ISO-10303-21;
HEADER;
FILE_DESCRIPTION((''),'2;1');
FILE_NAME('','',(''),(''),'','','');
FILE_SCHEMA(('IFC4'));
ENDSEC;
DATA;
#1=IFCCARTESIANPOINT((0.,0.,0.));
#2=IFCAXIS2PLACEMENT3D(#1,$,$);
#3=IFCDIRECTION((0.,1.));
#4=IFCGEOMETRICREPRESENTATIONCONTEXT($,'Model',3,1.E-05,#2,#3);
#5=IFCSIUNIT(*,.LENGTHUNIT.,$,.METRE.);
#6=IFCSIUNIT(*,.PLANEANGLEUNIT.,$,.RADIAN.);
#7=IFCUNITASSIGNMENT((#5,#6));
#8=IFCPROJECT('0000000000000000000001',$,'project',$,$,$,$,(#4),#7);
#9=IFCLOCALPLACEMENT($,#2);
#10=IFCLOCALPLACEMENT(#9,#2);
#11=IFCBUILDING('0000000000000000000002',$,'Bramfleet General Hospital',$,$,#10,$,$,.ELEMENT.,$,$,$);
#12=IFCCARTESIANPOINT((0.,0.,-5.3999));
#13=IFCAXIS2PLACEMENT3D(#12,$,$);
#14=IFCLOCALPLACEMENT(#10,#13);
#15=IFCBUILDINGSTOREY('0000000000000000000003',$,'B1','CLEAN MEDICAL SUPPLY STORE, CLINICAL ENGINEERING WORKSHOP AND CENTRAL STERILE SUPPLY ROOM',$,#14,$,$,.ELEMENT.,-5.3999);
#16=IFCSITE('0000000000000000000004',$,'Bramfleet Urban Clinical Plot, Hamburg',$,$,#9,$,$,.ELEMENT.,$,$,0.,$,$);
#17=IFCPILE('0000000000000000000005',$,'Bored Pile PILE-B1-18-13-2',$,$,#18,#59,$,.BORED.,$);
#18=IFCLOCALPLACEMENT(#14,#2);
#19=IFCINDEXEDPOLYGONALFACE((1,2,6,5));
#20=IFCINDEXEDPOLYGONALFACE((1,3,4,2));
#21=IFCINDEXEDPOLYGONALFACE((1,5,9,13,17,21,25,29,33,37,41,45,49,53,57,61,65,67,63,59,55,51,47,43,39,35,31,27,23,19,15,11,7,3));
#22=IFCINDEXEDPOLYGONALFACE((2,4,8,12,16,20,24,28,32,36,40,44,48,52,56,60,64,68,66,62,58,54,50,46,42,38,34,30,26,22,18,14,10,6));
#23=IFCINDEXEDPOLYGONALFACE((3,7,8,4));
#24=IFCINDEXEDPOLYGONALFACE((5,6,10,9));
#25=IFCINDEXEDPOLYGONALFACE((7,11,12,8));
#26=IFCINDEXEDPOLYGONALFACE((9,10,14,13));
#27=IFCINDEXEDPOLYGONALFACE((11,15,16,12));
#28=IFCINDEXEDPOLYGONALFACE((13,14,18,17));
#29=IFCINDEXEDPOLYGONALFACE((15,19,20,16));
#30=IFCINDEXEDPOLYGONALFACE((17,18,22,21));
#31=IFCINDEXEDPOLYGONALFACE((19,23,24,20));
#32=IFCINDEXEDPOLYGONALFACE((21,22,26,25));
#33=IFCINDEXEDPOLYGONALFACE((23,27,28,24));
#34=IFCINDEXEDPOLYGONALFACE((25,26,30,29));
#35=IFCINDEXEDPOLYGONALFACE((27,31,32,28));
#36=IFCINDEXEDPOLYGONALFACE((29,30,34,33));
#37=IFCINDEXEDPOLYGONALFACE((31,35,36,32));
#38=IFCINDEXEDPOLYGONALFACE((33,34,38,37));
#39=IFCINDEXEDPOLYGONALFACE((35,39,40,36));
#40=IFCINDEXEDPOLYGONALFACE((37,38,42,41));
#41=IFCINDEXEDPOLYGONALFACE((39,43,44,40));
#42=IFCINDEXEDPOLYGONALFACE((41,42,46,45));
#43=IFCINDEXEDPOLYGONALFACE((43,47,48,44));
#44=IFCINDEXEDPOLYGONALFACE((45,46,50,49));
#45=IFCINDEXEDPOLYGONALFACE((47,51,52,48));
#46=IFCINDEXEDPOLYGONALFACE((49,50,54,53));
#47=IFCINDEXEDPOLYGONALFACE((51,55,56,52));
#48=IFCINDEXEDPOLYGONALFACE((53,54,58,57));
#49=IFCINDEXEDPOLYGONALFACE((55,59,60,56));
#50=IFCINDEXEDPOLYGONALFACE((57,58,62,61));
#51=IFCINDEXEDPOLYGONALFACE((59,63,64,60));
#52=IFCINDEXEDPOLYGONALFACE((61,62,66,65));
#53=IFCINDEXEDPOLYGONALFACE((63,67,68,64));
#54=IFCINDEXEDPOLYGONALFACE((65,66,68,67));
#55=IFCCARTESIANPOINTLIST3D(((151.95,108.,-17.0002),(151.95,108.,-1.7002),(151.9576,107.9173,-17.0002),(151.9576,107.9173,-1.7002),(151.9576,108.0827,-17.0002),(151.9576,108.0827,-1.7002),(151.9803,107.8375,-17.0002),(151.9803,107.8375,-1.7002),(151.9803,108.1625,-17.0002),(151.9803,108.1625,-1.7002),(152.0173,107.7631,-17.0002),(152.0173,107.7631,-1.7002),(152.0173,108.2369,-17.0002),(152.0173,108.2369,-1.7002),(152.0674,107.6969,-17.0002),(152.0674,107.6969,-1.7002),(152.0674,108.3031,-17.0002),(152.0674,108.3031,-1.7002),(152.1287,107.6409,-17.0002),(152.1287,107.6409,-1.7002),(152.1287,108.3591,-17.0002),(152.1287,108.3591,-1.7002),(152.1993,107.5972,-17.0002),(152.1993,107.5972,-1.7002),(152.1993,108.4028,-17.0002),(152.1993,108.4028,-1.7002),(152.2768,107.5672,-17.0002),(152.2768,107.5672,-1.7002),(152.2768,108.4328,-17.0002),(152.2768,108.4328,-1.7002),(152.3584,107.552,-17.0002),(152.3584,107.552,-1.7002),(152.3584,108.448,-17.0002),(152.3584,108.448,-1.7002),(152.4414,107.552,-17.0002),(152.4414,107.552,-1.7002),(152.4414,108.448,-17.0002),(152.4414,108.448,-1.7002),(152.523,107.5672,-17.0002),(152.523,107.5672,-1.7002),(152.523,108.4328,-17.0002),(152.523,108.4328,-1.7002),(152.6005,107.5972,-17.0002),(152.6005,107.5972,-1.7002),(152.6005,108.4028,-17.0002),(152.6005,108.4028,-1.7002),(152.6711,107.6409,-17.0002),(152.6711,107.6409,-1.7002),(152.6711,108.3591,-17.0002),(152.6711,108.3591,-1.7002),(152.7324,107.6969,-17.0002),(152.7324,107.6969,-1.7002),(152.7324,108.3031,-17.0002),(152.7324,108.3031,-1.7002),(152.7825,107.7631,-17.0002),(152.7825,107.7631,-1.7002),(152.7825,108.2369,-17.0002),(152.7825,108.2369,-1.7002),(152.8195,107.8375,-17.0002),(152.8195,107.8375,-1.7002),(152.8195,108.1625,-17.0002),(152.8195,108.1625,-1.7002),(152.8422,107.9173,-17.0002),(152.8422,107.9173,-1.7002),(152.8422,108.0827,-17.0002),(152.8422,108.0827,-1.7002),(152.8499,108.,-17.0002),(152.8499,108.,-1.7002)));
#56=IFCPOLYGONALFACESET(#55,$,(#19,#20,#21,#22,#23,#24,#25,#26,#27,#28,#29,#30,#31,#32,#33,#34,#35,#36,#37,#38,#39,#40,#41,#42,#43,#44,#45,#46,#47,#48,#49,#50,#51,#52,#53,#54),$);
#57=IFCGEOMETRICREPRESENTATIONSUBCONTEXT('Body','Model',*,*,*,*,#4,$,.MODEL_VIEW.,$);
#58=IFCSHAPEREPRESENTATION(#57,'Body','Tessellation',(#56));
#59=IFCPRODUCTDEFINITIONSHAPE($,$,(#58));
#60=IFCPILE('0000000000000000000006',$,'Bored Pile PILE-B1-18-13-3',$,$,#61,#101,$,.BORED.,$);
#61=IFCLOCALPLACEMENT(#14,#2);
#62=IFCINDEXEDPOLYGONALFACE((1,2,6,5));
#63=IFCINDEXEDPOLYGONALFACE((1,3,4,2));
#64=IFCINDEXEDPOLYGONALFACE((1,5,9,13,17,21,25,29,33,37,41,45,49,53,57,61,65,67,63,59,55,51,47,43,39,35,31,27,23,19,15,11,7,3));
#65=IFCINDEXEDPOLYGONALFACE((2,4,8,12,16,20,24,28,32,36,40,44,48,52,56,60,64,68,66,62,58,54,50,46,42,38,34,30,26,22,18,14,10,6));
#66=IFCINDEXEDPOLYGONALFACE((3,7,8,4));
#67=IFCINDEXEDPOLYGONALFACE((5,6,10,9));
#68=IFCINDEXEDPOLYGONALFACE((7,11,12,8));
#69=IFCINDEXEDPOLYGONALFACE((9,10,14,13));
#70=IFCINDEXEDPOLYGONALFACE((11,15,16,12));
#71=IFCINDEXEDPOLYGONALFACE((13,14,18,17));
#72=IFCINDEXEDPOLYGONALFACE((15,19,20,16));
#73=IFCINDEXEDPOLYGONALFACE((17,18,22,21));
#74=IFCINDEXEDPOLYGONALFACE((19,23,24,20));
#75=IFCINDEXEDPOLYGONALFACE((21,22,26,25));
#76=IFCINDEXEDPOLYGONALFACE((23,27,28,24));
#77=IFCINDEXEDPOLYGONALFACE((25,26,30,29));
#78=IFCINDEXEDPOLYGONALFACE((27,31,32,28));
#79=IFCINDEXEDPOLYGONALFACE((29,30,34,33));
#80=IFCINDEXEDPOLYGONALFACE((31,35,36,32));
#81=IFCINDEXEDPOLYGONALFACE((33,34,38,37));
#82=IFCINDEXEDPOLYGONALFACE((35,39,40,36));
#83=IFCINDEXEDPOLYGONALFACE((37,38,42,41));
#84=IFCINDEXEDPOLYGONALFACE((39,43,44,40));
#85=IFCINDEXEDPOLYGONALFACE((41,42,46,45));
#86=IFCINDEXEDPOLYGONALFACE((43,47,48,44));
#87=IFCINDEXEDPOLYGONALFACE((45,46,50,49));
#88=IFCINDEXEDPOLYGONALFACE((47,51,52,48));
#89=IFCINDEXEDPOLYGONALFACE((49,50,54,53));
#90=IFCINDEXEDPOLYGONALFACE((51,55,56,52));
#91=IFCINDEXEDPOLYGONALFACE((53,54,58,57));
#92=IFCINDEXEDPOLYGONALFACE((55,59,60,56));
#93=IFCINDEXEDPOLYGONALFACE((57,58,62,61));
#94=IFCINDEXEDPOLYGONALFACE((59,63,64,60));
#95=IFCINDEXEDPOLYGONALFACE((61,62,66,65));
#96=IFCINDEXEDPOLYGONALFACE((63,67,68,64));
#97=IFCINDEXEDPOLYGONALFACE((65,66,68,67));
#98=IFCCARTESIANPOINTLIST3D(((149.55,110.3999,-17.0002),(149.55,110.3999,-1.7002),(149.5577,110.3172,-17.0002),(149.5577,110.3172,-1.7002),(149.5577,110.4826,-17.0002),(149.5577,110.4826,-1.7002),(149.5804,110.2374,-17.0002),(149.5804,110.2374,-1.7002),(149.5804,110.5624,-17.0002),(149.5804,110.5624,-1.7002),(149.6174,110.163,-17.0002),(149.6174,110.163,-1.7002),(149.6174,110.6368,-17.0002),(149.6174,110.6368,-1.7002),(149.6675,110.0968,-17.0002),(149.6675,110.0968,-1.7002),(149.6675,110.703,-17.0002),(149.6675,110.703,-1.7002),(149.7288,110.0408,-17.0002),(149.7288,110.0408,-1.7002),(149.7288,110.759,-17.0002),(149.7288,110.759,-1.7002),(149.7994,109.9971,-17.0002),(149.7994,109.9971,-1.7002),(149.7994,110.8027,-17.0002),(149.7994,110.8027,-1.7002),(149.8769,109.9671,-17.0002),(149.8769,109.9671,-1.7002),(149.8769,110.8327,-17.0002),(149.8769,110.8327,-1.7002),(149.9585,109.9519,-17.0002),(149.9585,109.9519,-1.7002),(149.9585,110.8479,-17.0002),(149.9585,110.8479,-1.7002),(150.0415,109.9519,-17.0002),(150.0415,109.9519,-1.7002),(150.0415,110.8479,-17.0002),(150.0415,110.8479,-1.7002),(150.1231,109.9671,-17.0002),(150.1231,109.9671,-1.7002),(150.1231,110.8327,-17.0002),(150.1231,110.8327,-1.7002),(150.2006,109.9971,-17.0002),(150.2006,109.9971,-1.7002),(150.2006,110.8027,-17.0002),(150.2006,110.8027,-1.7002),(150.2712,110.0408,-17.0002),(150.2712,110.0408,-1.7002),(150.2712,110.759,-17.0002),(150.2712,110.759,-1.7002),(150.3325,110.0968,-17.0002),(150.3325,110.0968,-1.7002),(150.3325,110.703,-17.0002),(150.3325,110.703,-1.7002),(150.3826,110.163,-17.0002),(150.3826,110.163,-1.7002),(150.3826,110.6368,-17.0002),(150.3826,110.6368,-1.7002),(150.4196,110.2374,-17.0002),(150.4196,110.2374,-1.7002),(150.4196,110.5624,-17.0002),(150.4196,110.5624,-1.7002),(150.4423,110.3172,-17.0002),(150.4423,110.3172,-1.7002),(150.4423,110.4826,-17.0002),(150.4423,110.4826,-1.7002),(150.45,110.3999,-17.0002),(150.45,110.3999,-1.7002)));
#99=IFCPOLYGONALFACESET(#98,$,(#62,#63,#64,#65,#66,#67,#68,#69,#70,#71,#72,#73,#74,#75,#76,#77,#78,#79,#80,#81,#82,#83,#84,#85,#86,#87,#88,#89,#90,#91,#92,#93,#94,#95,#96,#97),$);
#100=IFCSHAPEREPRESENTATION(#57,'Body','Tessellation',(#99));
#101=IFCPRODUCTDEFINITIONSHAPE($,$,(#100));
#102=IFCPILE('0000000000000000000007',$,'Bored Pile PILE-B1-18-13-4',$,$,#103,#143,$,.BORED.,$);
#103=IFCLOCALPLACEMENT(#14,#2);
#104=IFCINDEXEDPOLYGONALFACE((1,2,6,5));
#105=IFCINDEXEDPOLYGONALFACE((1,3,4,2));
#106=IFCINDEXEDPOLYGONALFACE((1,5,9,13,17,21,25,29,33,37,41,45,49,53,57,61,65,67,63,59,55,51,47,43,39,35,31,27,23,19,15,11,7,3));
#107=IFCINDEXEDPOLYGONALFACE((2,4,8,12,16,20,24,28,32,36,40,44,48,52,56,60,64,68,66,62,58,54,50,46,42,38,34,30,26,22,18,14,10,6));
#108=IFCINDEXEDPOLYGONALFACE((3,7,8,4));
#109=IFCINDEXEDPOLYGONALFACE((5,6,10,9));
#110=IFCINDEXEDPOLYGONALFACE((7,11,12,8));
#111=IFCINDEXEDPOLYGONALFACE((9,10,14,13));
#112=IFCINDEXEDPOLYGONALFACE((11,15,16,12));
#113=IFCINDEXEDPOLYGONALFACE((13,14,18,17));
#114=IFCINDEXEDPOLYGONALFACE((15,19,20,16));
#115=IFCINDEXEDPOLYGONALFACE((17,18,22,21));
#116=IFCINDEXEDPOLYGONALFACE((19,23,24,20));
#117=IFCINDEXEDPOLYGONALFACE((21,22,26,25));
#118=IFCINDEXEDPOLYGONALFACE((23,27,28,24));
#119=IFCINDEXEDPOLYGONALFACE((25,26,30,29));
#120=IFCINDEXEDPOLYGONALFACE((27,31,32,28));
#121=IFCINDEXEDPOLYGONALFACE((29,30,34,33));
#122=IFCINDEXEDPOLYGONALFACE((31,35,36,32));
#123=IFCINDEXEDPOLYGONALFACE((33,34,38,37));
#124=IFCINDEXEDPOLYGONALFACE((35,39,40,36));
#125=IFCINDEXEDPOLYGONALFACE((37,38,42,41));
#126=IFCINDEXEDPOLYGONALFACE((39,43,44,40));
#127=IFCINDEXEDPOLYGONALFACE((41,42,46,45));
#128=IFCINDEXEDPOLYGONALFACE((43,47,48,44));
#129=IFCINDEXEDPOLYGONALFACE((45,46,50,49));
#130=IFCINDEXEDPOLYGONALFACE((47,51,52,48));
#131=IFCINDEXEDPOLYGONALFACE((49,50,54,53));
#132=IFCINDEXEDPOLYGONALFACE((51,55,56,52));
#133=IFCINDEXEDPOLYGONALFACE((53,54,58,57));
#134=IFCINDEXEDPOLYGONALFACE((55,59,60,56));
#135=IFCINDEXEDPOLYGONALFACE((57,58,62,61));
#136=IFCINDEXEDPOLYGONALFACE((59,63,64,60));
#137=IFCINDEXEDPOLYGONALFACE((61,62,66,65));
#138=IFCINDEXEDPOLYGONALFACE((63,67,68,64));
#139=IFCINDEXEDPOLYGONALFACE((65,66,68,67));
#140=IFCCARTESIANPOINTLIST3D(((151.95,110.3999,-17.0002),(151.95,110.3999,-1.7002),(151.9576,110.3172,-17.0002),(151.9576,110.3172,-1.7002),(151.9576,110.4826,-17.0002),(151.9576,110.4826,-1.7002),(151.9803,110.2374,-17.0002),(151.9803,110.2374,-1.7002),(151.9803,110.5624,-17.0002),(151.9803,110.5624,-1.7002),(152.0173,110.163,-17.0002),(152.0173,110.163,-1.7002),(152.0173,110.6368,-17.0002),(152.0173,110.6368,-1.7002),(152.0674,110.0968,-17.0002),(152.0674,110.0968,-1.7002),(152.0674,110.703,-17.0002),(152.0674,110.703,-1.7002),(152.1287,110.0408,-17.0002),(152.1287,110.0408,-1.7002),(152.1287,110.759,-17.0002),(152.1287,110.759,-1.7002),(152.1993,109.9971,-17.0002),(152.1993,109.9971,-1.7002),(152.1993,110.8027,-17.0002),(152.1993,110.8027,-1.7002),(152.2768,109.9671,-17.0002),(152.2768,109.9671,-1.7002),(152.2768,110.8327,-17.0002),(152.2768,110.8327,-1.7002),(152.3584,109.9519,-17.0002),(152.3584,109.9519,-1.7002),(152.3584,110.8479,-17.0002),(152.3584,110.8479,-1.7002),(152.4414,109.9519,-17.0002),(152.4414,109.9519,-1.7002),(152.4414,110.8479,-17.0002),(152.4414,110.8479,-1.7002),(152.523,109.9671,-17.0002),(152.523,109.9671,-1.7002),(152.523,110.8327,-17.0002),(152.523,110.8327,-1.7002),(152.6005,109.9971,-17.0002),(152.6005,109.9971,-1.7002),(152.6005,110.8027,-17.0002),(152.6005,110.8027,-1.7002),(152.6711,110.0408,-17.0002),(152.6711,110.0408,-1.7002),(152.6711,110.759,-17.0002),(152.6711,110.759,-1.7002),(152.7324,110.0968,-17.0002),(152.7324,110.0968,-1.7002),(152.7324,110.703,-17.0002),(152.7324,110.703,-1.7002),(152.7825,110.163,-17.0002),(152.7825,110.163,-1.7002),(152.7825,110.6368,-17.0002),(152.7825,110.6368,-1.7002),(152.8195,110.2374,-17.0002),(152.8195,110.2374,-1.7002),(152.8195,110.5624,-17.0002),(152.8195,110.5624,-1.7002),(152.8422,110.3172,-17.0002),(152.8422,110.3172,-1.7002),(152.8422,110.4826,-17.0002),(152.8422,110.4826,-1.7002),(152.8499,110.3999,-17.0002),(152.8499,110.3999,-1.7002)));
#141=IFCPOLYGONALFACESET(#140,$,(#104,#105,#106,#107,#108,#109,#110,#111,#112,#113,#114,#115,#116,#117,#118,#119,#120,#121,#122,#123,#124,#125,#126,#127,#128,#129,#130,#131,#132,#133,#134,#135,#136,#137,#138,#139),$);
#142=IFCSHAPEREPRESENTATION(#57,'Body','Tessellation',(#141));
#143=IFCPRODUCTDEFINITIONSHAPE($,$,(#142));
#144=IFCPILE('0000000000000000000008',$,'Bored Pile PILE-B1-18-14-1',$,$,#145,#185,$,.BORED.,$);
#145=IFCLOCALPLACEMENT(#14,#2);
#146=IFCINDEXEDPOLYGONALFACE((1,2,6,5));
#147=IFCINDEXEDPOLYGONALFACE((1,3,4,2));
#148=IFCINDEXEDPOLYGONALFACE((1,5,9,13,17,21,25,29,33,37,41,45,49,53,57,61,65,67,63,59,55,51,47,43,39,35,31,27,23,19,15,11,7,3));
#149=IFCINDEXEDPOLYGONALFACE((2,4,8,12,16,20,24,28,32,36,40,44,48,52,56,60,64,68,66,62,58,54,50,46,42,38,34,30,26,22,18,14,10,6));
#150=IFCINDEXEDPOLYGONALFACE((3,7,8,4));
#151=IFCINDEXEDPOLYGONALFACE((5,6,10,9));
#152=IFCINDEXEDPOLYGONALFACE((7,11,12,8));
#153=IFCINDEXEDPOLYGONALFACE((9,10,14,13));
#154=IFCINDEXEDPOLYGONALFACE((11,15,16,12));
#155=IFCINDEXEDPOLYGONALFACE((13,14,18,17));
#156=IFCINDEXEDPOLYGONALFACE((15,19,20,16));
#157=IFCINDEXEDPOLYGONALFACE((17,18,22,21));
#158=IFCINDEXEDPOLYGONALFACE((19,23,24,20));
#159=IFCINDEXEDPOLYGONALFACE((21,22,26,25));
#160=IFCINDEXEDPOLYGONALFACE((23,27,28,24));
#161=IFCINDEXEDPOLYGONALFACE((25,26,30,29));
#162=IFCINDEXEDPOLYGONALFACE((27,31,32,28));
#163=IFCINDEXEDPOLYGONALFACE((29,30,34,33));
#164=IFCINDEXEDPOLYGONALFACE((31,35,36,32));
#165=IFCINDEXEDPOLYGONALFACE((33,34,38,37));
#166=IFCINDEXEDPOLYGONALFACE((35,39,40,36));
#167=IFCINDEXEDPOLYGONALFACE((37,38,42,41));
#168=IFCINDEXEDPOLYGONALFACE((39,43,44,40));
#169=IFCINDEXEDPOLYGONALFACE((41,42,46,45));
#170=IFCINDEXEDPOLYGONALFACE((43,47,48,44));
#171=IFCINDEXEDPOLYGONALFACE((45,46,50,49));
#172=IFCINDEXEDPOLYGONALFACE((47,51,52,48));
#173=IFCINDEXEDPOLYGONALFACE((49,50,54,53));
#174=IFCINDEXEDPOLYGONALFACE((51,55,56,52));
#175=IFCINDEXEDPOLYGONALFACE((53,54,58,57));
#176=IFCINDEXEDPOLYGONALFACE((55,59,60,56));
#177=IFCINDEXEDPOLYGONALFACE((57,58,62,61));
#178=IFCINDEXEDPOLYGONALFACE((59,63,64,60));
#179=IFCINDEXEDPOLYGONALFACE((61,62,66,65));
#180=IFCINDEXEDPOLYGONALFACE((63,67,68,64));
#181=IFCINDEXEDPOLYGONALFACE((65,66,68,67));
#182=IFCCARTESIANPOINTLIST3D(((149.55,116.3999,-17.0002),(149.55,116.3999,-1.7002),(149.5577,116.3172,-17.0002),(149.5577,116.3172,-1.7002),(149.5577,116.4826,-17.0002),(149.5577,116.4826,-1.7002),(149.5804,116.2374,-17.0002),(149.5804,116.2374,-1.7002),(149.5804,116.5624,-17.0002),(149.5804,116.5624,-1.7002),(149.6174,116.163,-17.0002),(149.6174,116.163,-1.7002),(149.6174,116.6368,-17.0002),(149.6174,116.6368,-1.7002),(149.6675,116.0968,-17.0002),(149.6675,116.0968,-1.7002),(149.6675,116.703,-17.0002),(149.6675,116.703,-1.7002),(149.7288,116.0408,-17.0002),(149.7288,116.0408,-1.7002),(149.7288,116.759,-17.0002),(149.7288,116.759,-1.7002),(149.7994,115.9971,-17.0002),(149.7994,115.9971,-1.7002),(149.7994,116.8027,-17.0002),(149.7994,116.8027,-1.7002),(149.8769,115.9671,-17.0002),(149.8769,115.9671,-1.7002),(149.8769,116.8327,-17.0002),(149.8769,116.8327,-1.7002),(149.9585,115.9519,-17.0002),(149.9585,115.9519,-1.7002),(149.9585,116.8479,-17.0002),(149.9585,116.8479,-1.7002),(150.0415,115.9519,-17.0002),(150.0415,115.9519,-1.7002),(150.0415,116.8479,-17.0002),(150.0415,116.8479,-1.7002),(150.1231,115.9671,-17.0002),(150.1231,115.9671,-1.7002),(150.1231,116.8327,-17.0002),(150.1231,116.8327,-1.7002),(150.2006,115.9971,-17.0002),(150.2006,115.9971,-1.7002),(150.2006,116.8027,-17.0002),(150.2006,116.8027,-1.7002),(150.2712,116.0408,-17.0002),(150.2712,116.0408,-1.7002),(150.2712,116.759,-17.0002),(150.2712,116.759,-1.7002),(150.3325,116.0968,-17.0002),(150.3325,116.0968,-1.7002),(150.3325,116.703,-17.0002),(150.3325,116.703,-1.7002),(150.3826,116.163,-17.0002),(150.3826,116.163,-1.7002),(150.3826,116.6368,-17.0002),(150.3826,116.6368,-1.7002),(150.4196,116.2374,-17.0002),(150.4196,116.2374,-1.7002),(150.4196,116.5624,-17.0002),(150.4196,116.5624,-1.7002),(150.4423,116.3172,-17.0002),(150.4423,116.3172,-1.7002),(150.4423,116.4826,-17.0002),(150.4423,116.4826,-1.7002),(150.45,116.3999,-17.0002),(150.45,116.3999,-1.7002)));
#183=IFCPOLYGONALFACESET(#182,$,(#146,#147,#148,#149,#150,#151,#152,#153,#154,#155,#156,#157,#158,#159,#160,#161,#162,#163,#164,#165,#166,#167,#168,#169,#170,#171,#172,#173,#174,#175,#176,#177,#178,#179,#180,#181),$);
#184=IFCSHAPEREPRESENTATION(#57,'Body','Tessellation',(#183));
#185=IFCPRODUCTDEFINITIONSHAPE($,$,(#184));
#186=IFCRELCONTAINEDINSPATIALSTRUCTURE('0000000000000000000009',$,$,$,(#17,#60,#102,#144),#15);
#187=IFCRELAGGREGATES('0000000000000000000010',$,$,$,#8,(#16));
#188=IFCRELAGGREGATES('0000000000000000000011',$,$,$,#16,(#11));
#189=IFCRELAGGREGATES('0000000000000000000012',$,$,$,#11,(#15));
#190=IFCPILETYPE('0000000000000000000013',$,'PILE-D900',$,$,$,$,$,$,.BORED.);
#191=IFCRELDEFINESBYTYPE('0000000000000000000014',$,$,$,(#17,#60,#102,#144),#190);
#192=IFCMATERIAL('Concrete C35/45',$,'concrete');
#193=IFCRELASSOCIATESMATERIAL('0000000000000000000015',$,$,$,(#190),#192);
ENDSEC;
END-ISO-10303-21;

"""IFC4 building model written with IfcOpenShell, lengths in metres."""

from ifc_helpers import new_model, si_unit, direction, frame, origin, origin_2d, place, context, subcontext, project, spatial, circle, extrude, material, material_profile, profile_set, type_object, element, save


model = new_model("IFC4")

# Units and contexts
model_context = context("Model", 3, precision=1e-05, world=origin(), true_north=direction((0.0, 1.0)))
body_context = subcontext(model_context, "Body", "Model", "MODEL_VIEW")
ifc_project = project(units=[si_unit("LENGTHUNIT", "METRE"), si_unit("PLANEANGLEUNIT", "RADIAN")], contexts=[model_context])

# Site, building, storey
site_placement = place(None, origin())
site = spatial("IfcSite", under=ifc_project, at=site_placement, Name="Bramfleet Urban Clinical Plot, Hamburg", CompositionType="ELEMENT", RefElevation=0.0)
building_placement = place(site_placement, origin())
building = spatial("IfcBuilding", under=site, at=building_placement, Name="Bramfleet General Hospital", CompositionType="ELEMENT")
storey_placement = place(building_placement, frame((0.0, 0.0, -5.3999)))
storey = spatial("IfcBuildingStorey", under=building, at=storey_placement, Name="B1", Description="CLEAN MEDICAL SUPPLY STORE, CLINICAL ENGINEERING WORKSHOP AND CENTRAL STERILE SUPPLY ROOM", CompositionType="ELEMENT", Elevation=-5.3999)

# Shared definitions
ifc_material_1 = material(Name="Concrete C35/45", Category="concrete")

# Piles
ifc_material_profile_1 = material_profile(ifc_material_1, circle(Radius=0.45, at=origin_2d()), Name="PILE BORED D900")
ifc_profile_set_1 = profile_set([ifc_material_profile_1], Name="Concrete C35/45")
pile_type_1 = type_object("IfcPileType", Name="PILE-D900", PredefinedType="BORED", material=ifc_profile_set_1)
for number, where, z_axis, x_axis, name in (
    (1, (152.3999, 108.0, -1.7002), (0.0, 0.0, -1.0), (1.0, 0.0, 0.0), "Bored Pile PILE-B1-18-13-2"),
    (2, (150.0, 110.3999, -1.7002), (0.0, 0.0, -1.0), (1.0, 0.0, 0.0), "Bored Pile PILE-B1-18-13-3"),
    (3, (152.3999, 110.3999, -1.7002), (0.0, 0.0, -1.0), (1.0, 0.0, 0.0), "Bored Pile PILE-B1-18-13-4"),
    (4, (150.0, 116.3999, -1.7002), (0.0, 0.0, -1.0), (1.0, 0.0, 0.0), "Bored Pile PILE-B1-18-14-1"),
):
    element("IfcPile", number, at=place(storey_placement, frame(where, z_axis=z_axis, x_axis=x_axis)), inside=storey, type_object=pile_type_1, Name=name, PredefinedType="BORED", context=body_context, shape_type="SweptSolid", body=[
        extrude(circle(Radius=0.45, at=origin_2d()), origin(), (0.0, 0.0, 1.0), 15.3),
    ])

save(model, "model.ifc")
